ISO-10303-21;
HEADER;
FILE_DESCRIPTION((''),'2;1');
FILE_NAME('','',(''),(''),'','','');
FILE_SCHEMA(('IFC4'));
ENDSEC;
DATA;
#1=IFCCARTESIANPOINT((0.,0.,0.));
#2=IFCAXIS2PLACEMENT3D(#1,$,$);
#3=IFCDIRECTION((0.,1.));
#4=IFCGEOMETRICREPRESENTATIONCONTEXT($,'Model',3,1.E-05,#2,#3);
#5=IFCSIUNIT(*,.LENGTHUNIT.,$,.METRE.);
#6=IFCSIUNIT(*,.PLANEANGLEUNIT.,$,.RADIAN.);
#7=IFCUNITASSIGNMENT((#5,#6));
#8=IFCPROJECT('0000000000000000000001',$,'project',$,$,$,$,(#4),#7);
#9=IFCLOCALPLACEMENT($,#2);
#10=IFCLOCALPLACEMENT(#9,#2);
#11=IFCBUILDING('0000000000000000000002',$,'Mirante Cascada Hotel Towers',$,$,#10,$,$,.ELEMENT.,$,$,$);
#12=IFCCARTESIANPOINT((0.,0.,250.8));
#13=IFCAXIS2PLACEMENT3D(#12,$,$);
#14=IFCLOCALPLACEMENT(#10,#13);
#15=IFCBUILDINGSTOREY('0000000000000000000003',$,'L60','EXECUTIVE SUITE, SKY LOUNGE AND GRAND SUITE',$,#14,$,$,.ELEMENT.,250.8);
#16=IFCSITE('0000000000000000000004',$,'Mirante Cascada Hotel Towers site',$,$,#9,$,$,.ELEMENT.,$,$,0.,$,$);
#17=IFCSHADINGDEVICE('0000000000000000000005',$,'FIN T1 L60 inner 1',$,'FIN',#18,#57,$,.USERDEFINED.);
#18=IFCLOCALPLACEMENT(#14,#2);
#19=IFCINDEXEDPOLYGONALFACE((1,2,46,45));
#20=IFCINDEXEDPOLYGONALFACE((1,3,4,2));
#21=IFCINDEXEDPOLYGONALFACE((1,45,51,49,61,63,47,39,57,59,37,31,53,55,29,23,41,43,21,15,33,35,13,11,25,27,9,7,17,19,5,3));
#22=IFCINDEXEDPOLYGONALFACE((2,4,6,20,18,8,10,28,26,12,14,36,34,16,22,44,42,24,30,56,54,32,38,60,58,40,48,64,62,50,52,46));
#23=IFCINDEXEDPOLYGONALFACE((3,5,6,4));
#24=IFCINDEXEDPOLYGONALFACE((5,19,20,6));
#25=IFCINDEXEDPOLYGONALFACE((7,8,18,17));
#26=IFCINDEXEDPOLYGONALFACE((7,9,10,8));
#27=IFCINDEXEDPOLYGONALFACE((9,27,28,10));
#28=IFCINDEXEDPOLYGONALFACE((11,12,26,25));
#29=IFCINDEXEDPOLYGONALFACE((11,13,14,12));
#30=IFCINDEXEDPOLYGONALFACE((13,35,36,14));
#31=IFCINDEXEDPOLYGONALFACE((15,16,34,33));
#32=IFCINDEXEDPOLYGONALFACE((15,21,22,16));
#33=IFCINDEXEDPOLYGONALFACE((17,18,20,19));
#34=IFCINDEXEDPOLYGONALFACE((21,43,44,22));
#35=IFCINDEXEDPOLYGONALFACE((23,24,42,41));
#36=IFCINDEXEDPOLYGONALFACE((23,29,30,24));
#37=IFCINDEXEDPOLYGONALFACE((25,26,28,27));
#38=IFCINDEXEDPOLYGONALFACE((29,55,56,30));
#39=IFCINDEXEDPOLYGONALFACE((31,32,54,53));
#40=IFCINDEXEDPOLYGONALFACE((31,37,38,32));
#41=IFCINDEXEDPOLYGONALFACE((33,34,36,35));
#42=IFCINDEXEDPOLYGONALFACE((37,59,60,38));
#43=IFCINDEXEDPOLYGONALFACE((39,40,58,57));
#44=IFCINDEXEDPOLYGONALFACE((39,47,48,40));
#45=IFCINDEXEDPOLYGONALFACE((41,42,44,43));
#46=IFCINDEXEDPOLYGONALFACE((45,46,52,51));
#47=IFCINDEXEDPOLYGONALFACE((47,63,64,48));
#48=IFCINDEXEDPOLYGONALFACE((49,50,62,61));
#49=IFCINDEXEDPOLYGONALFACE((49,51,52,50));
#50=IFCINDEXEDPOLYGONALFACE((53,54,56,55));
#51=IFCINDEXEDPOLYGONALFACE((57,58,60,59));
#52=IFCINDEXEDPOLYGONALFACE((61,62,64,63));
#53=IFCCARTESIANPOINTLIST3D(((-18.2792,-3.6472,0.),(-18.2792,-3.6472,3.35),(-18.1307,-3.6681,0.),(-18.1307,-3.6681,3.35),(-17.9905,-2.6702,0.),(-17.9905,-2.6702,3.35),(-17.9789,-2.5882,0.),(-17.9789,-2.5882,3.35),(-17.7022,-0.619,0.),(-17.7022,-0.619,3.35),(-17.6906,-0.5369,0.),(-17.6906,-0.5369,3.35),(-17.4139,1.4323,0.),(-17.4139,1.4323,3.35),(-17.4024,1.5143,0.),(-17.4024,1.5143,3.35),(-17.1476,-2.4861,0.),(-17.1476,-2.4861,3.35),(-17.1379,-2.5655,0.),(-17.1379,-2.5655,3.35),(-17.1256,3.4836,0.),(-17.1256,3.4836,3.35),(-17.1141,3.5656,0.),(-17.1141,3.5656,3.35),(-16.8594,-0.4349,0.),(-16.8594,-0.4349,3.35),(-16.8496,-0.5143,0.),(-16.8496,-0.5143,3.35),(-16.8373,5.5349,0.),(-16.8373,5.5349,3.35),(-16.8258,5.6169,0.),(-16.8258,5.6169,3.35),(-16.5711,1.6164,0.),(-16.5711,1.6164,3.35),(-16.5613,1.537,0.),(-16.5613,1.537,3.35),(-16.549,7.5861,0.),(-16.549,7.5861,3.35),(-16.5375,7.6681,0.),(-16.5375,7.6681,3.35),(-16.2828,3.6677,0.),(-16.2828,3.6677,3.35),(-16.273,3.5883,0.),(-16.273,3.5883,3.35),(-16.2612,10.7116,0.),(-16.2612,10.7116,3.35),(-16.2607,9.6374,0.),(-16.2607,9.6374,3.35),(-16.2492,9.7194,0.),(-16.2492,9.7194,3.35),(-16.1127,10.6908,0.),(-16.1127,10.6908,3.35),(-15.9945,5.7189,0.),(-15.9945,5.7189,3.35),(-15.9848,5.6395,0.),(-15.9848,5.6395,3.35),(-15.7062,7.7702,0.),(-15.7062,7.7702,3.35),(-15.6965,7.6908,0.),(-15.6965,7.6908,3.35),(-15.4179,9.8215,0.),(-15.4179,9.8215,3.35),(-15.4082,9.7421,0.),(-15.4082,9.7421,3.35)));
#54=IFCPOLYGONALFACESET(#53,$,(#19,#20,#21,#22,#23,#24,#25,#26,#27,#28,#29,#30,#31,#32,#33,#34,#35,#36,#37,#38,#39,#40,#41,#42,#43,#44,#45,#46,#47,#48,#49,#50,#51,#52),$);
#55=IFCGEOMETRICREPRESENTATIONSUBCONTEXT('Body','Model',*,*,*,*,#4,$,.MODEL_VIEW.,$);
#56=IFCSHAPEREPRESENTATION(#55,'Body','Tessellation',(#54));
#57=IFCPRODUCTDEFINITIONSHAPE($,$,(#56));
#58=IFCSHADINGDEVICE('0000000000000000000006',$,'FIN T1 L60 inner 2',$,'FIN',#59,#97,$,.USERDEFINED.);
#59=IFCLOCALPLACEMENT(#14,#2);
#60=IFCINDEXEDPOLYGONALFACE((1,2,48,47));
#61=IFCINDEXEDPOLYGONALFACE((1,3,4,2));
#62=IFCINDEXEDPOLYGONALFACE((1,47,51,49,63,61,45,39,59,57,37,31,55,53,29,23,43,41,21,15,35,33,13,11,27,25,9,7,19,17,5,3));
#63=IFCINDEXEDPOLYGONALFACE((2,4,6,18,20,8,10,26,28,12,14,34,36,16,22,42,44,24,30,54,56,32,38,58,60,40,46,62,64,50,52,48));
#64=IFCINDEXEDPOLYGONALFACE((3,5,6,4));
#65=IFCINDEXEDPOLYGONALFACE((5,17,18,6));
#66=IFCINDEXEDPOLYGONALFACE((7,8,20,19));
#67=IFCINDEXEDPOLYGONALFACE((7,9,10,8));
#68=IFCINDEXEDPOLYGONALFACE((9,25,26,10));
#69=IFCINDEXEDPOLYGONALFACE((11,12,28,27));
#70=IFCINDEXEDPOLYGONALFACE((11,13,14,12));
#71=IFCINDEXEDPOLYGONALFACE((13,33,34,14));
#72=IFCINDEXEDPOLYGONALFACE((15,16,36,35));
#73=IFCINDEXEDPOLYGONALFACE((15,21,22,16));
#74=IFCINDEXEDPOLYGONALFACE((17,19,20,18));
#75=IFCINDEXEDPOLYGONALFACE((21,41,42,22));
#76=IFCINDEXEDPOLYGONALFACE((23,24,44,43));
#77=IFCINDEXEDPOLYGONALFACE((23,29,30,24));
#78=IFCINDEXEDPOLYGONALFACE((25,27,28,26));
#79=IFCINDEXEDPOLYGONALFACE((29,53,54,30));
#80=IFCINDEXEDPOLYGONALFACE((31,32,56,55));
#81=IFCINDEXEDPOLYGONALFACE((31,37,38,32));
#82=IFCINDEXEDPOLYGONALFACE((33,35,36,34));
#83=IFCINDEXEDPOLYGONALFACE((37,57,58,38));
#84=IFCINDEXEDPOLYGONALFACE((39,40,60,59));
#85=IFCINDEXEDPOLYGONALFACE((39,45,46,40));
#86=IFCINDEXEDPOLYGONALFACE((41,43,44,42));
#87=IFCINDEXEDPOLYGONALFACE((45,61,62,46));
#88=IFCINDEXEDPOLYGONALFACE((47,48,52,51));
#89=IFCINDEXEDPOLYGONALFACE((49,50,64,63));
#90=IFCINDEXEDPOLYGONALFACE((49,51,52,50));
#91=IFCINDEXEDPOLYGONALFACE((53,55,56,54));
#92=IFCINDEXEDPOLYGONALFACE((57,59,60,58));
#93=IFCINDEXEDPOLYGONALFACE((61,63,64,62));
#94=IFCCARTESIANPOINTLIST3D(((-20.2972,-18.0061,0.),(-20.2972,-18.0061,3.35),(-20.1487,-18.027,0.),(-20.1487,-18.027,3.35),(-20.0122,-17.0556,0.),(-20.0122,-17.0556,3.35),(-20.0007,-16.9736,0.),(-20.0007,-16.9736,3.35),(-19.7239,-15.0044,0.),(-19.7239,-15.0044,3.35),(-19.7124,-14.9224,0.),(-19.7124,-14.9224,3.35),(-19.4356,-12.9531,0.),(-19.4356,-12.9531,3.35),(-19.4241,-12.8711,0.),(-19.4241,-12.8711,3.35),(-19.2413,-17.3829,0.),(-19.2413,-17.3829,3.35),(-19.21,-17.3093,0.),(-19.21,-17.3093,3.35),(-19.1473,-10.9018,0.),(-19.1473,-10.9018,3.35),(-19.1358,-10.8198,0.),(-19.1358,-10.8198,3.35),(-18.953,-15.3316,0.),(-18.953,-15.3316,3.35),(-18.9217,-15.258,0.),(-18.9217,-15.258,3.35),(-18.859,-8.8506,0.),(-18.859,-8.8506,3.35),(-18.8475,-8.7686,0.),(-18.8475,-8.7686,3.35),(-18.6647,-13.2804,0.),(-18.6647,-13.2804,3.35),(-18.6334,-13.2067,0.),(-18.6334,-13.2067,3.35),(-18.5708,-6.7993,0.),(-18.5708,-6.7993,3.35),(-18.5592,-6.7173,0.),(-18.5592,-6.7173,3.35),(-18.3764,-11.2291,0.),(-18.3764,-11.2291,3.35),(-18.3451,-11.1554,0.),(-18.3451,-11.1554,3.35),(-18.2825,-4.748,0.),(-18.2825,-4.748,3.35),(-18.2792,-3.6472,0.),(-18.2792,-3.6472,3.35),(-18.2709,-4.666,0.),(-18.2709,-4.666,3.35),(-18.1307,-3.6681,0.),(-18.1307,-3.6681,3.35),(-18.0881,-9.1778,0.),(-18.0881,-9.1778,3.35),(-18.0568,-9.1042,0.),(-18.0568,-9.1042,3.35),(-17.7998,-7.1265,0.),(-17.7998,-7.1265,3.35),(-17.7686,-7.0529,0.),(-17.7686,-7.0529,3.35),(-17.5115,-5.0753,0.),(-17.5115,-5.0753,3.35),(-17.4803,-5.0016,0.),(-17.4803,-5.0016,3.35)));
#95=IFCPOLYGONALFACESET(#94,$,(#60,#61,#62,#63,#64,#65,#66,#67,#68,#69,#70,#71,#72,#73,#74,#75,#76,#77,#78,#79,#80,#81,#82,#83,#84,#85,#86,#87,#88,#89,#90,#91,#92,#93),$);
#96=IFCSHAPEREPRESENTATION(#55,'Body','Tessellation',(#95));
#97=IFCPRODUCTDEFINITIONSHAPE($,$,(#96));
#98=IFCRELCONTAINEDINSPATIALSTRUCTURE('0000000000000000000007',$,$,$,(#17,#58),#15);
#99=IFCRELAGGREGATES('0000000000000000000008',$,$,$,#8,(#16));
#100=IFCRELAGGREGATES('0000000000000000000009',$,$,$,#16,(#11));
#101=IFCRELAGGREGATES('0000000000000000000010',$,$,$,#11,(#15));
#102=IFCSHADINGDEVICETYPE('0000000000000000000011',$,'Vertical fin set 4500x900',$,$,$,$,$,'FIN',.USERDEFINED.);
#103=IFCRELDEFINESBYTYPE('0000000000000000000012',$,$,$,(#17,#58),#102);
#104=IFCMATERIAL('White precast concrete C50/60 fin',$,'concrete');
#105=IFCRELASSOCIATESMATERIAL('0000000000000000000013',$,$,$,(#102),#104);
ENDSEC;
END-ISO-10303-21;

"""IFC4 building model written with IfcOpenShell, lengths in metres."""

from ifc_helpers import new_model, si_unit, direction, frame, origin, place, context, subcontext, project, spatial, polyline, outline, extrude, material, type_object, element, save


model = new_model("IFC4")

# Units and contexts
model_context = context("Model", 3, precision=1e-05, world=origin(), true_north=direction((0.0, 1.0)))
body_context = subcontext(model_context, "Body", "Model", "MODEL_VIEW")
ifc_project = project(units=[si_unit("LENGTHUNIT", "METRE"), si_unit("PLANEANGLEUNIT", "RADIAN")], contexts=[model_context])

# Site, building, storey
site_placement = place(None, origin())
site = spatial("IfcSite", under=ifc_project, at=site_placement, Name="Mirante Cascada Hotel Towers site", CompositionType="ELEMENT", RefElevation=0.0)
building_placement = place(site_placement, origin())
building = spatial("IfcBuilding", under=site, at=building_placement, Name="Mirante Cascada Hotel Towers", CompositionType="ELEMENT")
storey_placement = place(building_placement, frame((0.0, 0.0, 250.8)))
storey = spatial("IfcBuildingStorey", under=building, at=storey_placement, Name="L60", Description="EXECUTIVE SUITE, SKY LOUNGE AND GRAND SUITE", CompositionType="ELEMENT", Elevation=250.8)

# Shading devices
ifc_material_1 = material(Name="White precast concrete C50/60 fin", Category="concrete")
shading_device_type = type_object("IfcShadingDeviceType", Name="Vertical fin set 4500x900", ElementType="FIN", PredefinedType="USERDEFINED", material=ifc_material_1)
shading_device_1_placement = place(storey_placement, origin())
element("IfcShadingDevice", 1, at=shading_device_1_placement, inside=storey, type_object=shading_device_type, Name="FIN T1 L60 inner 1", ObjectType="FIN", PredefinedType="USERDEFINED", context=body_context, shape_type="SweptSolid", body=[
    extrude(outline(polyline([(-17.9905, -2.6702), (-18.1307, -3.6681), (-18.2792, -3.6472), (-16.2612, 10.7116), (-16.1127, 10.6908), (-16.2492, 9.7194), (-15.4179, 9.8215), (-15.4082, 9.7421), (-16.2607, 9.6374), (-16.5375, 7.6681), (-15.7062, 7.7702), (-15.6965, 7.6908), (-16.549, 7.5861), (-16.8258, 5.6169), (-15.9945, 5.7189), (-15.9848, 5.6395), (-16.8373, 5.5349), (-17.1141, 3.5656), (-16.2828, 3.6677), (-16.273, 3.5883), (-17.1256, 3.4836), (-17.4024, 1.5143), (-16.5711, 1.6164), (-16.5613, 1.537), (-17.4139, 1.4323), (-17.6906, -0.5369), (-16.8594, -0.4349), (-16.8496, -0.5143), (-17.7022, -0.619), (-17.9789, -2.5882), (-17.1476, -2.4861), (-17.1379, -2.5655), (-17.9905, -2.6702)])), origin(), (0.0, 0.0, 1.0), 3.35),
])
shading_device_2_placement = place(storey_placement, origin())
element("IfcShadingDevice", 2, at=shading_device_2_placement, inside=storey, type_object=shading_device_type, Name="FIN T1 L60 inner 2", ObjectType="FIN", PredefinedType="USERDEFINED", context=body_context, shape_type="SweptSolid", body=[
    extrude(outline(polyline([(-20.0122, -17.0556), (-20.1487, -18.027), (-20.2972, -18.0061), (-18.2792, -3.6472), (-18.1307, -3.6681), (-18.2709, -4.666), (-17.4803, -5.0016), (-17.5115, -5.0753), (-18.2825, -4.748), (-18.5592, -6.7173), (-17.7686, -7.0529), (-17.7998, -7.1265), (-18.5708, -6.7993), (-18.8475, -8.7686), (-18.0568, -9.1042), (-18.0881, -9.1778), (-18.859, -8.8506), (-19.1358, -10.8198), (-18.3451, -11.1554), (-18.3764, -11.2291), (-19.1473, -10.9018), (-19.4241, -12.8711), (-18.6334, -13.2067), (-18.6647, -13.2804), (-19.4356, -12.9531), (-19.7124, -14.9224), (-18.9217, -15.258), (-18.953, -15.3316), (-19.7239, -15.0044), (-20.0007, -16.9736), (-19.21, -17.3093), (-19.2413, -17.3829), (-20.0122, -17.0556)])), origin(), (0.0, 0.0, 1.0), 3.35),
])

save(model, "model.ifc")
